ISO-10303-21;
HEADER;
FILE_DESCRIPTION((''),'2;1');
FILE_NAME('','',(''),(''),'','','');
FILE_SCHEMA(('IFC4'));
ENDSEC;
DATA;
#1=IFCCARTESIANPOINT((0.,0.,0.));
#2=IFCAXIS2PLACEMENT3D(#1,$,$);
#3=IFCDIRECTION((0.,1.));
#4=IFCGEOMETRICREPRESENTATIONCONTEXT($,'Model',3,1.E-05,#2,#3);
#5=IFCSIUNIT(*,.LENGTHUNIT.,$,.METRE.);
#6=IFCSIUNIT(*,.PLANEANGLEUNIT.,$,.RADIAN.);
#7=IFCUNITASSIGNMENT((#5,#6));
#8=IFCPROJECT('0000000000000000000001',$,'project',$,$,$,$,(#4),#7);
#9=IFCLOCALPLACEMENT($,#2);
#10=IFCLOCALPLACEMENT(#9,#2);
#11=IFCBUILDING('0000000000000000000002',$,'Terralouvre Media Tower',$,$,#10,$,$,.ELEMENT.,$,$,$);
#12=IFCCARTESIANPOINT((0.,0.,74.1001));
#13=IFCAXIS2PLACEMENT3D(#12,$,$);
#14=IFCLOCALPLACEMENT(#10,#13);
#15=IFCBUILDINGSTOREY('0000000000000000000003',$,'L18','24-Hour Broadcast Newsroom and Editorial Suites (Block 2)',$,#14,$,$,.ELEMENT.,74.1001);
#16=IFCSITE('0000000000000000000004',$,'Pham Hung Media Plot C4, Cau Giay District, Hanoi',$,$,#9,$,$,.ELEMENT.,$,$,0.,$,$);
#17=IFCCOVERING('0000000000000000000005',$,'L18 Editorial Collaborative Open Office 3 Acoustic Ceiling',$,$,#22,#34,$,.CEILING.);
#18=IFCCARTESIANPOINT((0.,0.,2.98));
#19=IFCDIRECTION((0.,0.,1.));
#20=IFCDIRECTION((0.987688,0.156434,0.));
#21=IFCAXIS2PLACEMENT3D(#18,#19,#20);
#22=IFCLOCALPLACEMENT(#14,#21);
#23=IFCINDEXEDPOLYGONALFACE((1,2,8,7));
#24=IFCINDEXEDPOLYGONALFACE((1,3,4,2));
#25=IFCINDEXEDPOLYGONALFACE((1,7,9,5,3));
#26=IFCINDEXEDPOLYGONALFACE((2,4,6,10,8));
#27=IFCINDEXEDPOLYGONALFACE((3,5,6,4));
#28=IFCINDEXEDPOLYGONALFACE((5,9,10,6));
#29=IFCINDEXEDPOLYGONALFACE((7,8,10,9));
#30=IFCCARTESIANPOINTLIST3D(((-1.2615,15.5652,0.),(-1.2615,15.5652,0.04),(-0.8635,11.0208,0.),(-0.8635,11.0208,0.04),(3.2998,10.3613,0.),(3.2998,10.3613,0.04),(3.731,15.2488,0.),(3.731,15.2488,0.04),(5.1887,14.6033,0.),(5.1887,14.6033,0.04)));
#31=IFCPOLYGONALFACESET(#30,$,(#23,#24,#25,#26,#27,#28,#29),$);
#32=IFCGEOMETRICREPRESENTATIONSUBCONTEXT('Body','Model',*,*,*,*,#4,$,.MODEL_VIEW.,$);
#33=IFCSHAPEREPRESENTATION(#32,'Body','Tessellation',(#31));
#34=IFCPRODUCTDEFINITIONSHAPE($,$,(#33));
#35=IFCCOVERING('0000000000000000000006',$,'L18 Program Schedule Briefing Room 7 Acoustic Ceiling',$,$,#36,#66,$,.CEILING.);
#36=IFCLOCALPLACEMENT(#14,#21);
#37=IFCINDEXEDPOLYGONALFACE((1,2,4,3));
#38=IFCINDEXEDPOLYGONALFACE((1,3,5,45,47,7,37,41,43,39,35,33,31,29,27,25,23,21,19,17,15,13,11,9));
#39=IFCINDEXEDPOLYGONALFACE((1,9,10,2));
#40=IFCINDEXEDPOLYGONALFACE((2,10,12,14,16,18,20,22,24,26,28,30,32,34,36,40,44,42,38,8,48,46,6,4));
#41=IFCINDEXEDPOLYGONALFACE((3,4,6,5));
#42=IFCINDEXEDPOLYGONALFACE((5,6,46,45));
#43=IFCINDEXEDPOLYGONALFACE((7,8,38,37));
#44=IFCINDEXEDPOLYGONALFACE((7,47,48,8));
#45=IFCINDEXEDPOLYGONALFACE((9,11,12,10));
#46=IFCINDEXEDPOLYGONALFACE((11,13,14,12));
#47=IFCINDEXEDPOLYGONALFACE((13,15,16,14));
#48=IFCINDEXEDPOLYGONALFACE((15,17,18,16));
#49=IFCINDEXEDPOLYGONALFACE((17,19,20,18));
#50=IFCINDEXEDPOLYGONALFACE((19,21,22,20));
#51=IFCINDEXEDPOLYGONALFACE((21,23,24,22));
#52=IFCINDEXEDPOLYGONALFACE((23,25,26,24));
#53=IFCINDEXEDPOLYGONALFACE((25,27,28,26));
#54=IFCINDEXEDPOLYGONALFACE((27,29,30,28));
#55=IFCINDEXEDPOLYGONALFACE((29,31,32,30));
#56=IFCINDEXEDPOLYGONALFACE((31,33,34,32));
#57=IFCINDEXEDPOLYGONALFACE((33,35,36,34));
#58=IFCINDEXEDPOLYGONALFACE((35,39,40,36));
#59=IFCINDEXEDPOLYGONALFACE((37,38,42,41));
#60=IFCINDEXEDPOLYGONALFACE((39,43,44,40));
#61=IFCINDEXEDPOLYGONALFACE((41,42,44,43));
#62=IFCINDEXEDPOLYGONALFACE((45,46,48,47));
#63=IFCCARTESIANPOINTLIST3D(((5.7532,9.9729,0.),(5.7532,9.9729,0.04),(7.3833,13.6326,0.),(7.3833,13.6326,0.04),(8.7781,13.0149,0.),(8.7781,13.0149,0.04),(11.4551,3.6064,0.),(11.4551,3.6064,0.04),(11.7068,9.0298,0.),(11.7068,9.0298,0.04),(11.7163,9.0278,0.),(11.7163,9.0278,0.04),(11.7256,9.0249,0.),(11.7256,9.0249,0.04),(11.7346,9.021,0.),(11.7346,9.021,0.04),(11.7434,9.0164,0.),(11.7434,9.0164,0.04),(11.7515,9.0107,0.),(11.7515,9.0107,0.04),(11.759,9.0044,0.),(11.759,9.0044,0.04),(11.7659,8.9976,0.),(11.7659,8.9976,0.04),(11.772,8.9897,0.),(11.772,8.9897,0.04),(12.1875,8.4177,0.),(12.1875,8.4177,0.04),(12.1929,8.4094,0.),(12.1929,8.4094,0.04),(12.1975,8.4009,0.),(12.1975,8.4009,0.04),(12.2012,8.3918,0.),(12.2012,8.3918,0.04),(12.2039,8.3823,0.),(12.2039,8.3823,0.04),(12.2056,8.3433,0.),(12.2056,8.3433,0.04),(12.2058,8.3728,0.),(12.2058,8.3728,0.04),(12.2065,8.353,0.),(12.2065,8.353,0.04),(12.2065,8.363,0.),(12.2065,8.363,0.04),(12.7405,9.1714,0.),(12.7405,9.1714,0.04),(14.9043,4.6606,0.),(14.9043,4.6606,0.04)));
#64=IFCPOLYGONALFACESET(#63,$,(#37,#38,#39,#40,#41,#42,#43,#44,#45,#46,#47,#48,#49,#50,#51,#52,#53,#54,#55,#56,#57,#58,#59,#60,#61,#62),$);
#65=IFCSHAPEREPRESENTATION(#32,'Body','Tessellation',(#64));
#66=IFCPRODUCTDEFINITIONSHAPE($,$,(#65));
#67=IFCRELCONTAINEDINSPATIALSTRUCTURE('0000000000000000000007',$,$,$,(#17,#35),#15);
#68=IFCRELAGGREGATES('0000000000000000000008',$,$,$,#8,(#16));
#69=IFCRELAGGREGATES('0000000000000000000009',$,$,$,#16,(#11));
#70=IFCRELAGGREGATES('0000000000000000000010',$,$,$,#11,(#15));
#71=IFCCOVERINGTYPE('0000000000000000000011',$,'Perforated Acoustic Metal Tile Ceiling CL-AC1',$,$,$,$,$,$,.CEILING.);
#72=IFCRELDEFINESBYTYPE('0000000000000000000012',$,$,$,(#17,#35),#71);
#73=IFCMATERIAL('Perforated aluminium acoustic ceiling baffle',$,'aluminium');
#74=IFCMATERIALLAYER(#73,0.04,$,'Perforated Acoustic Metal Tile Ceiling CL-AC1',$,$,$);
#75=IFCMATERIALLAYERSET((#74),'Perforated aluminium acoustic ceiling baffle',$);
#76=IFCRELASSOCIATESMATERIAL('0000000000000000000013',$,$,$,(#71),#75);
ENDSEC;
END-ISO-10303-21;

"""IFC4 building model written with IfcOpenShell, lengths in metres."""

from ifc_helpers import new_model, si_unit, direction, frame, origin, place, context, subcontext, project, spatial, polyline, outline, extrude, material, layer, layer_set, type_object, element, save


model = new_model("IFC4")

# Units and contexts
model_context = context("Model", 3, precision=1e-05, world=origin(), true_north=direction((0.0, 1.0)))
body_context = subcontext(model_context, "Body", "Model", "MODEL_VIEW")
ifc_project = project(units=[si_unit("LENGTHUNIT", "METRE"), si_unit("PLANEANGLEUNIT", "RADIAN")], contexts=[model_context])

# Site, building, storey
site_placement = place(None, origin())
site = spatial("IfcSite", under=ifc_project, at=site_placement, Name="Pham Hung Media Plot C4, Cau Giay District, Hanoi", CompositionType="ELEMENT", RefElevation=0.0)
building_placement = place(site_placement, origin())
building = spatial("IfcBuilding", under=site, at=building_placement, Name="Terralouvre Media Tower", CompositionType="ELEMENT")
storey_placement = place(building_placement, frame((0.0, 0.0, 74.1001)))
storey = spatial("IfcBuildingStorey", under=building, at=storey_placement, Name="L18", Description="24-Hour Broadcast Newsroom and Editorial Suites (Block 2)", CompositionType="ELEMENT", Elevation=74.1001)

# Coverings
ifc_material_1 = material(Name="Perforated aluminium acoustic ceiling baffle", Category="aluminium")
ifc_layer_1 = layer(ifc_material_1, 0.04, Name="Perforated Acoustic Metal Tile Ceiling CL-AC1")
ifc_layer_set_1 = layer_set([ifc_layer_1], Name="Perforated aluminium acoustic ceiling baffle")
covering_type = type_object("IfcCoveringType", Name="Perforated Acoustic Metal Tile Ceiling CL-AC1", PredefinedType="CEILING", material=ifc_layer_set_1)
covering_1_placement = place(storey_placement, frame((0.0, 0.0, 2.98), z_axis=(0.0, 0.0, 1.0), x_axis=(0.987688, 0.156434, 0.0)))
element("IfcCovering", 1, at=covering_1_placement, inside=storey, type_object=covering_type, Name="L18 Editorial Collaborative Open Office 3 Acoustic Ceiling", PredefinedType="CEILING", context=body_context, shape_type="SweptSolid", body=[
    extrude(outline(polyline([(-1.2615, 15.5652), (-0.8635, 11.0208), (3.2998, 10.3613), (5.1887, 14.6033), (3.731, 15.2488), (-1.2615, 15.5652)])), origin(), (0.0, 0.0, 1.0), 0.04),
])
covering_2_placement = place(storey_placement, frame((0.0, 0.0, 2.98), z_axis=(0.0, 0.0, 1.0), x_axis=(0.987688, 0.156434, 0.0)))
element("IfcCovering", 2, at=covering_2_placement, inside=storey, type_object=covering_type, Name="L18 Program Schedule Briefing Room 7 Acoustic Ceiling", PredefinedType="CEILING", context=body_context, shape_type="SweptSolid", body=[
    extrude(outline(polyline([(12.7405, 9.1714), (8.7781, 13.0149), (7.3833, 13.6326), (5.7532, 9.9729), (11.7068, 9.0298), (11.7163, 9.0278), (11.7256, 9.0249), (11.7346, 9.021), (11.7434, 9.0164), (11.7515, 9.0107), (11.759, 9.0044), (11.7659, 8.9976), (11.772, 8.9897), (12.1875, 8.4177), (12.1929, 8.4094), (12.1975, 8.4009), (12.2012, 8.3918), (12.2039, 8.3823), (12.2058, 8.3728), (12.2065, 8.363), (12.2065, 8.353), (12.2056, 8.3433), (11.4551, 3.6064), (14.9043, 4.6606), (12.7405, 9.1714)])), origin(), (0.0, 0.0, 1.0), 0.04),
])

save(model, "model.ifc")
